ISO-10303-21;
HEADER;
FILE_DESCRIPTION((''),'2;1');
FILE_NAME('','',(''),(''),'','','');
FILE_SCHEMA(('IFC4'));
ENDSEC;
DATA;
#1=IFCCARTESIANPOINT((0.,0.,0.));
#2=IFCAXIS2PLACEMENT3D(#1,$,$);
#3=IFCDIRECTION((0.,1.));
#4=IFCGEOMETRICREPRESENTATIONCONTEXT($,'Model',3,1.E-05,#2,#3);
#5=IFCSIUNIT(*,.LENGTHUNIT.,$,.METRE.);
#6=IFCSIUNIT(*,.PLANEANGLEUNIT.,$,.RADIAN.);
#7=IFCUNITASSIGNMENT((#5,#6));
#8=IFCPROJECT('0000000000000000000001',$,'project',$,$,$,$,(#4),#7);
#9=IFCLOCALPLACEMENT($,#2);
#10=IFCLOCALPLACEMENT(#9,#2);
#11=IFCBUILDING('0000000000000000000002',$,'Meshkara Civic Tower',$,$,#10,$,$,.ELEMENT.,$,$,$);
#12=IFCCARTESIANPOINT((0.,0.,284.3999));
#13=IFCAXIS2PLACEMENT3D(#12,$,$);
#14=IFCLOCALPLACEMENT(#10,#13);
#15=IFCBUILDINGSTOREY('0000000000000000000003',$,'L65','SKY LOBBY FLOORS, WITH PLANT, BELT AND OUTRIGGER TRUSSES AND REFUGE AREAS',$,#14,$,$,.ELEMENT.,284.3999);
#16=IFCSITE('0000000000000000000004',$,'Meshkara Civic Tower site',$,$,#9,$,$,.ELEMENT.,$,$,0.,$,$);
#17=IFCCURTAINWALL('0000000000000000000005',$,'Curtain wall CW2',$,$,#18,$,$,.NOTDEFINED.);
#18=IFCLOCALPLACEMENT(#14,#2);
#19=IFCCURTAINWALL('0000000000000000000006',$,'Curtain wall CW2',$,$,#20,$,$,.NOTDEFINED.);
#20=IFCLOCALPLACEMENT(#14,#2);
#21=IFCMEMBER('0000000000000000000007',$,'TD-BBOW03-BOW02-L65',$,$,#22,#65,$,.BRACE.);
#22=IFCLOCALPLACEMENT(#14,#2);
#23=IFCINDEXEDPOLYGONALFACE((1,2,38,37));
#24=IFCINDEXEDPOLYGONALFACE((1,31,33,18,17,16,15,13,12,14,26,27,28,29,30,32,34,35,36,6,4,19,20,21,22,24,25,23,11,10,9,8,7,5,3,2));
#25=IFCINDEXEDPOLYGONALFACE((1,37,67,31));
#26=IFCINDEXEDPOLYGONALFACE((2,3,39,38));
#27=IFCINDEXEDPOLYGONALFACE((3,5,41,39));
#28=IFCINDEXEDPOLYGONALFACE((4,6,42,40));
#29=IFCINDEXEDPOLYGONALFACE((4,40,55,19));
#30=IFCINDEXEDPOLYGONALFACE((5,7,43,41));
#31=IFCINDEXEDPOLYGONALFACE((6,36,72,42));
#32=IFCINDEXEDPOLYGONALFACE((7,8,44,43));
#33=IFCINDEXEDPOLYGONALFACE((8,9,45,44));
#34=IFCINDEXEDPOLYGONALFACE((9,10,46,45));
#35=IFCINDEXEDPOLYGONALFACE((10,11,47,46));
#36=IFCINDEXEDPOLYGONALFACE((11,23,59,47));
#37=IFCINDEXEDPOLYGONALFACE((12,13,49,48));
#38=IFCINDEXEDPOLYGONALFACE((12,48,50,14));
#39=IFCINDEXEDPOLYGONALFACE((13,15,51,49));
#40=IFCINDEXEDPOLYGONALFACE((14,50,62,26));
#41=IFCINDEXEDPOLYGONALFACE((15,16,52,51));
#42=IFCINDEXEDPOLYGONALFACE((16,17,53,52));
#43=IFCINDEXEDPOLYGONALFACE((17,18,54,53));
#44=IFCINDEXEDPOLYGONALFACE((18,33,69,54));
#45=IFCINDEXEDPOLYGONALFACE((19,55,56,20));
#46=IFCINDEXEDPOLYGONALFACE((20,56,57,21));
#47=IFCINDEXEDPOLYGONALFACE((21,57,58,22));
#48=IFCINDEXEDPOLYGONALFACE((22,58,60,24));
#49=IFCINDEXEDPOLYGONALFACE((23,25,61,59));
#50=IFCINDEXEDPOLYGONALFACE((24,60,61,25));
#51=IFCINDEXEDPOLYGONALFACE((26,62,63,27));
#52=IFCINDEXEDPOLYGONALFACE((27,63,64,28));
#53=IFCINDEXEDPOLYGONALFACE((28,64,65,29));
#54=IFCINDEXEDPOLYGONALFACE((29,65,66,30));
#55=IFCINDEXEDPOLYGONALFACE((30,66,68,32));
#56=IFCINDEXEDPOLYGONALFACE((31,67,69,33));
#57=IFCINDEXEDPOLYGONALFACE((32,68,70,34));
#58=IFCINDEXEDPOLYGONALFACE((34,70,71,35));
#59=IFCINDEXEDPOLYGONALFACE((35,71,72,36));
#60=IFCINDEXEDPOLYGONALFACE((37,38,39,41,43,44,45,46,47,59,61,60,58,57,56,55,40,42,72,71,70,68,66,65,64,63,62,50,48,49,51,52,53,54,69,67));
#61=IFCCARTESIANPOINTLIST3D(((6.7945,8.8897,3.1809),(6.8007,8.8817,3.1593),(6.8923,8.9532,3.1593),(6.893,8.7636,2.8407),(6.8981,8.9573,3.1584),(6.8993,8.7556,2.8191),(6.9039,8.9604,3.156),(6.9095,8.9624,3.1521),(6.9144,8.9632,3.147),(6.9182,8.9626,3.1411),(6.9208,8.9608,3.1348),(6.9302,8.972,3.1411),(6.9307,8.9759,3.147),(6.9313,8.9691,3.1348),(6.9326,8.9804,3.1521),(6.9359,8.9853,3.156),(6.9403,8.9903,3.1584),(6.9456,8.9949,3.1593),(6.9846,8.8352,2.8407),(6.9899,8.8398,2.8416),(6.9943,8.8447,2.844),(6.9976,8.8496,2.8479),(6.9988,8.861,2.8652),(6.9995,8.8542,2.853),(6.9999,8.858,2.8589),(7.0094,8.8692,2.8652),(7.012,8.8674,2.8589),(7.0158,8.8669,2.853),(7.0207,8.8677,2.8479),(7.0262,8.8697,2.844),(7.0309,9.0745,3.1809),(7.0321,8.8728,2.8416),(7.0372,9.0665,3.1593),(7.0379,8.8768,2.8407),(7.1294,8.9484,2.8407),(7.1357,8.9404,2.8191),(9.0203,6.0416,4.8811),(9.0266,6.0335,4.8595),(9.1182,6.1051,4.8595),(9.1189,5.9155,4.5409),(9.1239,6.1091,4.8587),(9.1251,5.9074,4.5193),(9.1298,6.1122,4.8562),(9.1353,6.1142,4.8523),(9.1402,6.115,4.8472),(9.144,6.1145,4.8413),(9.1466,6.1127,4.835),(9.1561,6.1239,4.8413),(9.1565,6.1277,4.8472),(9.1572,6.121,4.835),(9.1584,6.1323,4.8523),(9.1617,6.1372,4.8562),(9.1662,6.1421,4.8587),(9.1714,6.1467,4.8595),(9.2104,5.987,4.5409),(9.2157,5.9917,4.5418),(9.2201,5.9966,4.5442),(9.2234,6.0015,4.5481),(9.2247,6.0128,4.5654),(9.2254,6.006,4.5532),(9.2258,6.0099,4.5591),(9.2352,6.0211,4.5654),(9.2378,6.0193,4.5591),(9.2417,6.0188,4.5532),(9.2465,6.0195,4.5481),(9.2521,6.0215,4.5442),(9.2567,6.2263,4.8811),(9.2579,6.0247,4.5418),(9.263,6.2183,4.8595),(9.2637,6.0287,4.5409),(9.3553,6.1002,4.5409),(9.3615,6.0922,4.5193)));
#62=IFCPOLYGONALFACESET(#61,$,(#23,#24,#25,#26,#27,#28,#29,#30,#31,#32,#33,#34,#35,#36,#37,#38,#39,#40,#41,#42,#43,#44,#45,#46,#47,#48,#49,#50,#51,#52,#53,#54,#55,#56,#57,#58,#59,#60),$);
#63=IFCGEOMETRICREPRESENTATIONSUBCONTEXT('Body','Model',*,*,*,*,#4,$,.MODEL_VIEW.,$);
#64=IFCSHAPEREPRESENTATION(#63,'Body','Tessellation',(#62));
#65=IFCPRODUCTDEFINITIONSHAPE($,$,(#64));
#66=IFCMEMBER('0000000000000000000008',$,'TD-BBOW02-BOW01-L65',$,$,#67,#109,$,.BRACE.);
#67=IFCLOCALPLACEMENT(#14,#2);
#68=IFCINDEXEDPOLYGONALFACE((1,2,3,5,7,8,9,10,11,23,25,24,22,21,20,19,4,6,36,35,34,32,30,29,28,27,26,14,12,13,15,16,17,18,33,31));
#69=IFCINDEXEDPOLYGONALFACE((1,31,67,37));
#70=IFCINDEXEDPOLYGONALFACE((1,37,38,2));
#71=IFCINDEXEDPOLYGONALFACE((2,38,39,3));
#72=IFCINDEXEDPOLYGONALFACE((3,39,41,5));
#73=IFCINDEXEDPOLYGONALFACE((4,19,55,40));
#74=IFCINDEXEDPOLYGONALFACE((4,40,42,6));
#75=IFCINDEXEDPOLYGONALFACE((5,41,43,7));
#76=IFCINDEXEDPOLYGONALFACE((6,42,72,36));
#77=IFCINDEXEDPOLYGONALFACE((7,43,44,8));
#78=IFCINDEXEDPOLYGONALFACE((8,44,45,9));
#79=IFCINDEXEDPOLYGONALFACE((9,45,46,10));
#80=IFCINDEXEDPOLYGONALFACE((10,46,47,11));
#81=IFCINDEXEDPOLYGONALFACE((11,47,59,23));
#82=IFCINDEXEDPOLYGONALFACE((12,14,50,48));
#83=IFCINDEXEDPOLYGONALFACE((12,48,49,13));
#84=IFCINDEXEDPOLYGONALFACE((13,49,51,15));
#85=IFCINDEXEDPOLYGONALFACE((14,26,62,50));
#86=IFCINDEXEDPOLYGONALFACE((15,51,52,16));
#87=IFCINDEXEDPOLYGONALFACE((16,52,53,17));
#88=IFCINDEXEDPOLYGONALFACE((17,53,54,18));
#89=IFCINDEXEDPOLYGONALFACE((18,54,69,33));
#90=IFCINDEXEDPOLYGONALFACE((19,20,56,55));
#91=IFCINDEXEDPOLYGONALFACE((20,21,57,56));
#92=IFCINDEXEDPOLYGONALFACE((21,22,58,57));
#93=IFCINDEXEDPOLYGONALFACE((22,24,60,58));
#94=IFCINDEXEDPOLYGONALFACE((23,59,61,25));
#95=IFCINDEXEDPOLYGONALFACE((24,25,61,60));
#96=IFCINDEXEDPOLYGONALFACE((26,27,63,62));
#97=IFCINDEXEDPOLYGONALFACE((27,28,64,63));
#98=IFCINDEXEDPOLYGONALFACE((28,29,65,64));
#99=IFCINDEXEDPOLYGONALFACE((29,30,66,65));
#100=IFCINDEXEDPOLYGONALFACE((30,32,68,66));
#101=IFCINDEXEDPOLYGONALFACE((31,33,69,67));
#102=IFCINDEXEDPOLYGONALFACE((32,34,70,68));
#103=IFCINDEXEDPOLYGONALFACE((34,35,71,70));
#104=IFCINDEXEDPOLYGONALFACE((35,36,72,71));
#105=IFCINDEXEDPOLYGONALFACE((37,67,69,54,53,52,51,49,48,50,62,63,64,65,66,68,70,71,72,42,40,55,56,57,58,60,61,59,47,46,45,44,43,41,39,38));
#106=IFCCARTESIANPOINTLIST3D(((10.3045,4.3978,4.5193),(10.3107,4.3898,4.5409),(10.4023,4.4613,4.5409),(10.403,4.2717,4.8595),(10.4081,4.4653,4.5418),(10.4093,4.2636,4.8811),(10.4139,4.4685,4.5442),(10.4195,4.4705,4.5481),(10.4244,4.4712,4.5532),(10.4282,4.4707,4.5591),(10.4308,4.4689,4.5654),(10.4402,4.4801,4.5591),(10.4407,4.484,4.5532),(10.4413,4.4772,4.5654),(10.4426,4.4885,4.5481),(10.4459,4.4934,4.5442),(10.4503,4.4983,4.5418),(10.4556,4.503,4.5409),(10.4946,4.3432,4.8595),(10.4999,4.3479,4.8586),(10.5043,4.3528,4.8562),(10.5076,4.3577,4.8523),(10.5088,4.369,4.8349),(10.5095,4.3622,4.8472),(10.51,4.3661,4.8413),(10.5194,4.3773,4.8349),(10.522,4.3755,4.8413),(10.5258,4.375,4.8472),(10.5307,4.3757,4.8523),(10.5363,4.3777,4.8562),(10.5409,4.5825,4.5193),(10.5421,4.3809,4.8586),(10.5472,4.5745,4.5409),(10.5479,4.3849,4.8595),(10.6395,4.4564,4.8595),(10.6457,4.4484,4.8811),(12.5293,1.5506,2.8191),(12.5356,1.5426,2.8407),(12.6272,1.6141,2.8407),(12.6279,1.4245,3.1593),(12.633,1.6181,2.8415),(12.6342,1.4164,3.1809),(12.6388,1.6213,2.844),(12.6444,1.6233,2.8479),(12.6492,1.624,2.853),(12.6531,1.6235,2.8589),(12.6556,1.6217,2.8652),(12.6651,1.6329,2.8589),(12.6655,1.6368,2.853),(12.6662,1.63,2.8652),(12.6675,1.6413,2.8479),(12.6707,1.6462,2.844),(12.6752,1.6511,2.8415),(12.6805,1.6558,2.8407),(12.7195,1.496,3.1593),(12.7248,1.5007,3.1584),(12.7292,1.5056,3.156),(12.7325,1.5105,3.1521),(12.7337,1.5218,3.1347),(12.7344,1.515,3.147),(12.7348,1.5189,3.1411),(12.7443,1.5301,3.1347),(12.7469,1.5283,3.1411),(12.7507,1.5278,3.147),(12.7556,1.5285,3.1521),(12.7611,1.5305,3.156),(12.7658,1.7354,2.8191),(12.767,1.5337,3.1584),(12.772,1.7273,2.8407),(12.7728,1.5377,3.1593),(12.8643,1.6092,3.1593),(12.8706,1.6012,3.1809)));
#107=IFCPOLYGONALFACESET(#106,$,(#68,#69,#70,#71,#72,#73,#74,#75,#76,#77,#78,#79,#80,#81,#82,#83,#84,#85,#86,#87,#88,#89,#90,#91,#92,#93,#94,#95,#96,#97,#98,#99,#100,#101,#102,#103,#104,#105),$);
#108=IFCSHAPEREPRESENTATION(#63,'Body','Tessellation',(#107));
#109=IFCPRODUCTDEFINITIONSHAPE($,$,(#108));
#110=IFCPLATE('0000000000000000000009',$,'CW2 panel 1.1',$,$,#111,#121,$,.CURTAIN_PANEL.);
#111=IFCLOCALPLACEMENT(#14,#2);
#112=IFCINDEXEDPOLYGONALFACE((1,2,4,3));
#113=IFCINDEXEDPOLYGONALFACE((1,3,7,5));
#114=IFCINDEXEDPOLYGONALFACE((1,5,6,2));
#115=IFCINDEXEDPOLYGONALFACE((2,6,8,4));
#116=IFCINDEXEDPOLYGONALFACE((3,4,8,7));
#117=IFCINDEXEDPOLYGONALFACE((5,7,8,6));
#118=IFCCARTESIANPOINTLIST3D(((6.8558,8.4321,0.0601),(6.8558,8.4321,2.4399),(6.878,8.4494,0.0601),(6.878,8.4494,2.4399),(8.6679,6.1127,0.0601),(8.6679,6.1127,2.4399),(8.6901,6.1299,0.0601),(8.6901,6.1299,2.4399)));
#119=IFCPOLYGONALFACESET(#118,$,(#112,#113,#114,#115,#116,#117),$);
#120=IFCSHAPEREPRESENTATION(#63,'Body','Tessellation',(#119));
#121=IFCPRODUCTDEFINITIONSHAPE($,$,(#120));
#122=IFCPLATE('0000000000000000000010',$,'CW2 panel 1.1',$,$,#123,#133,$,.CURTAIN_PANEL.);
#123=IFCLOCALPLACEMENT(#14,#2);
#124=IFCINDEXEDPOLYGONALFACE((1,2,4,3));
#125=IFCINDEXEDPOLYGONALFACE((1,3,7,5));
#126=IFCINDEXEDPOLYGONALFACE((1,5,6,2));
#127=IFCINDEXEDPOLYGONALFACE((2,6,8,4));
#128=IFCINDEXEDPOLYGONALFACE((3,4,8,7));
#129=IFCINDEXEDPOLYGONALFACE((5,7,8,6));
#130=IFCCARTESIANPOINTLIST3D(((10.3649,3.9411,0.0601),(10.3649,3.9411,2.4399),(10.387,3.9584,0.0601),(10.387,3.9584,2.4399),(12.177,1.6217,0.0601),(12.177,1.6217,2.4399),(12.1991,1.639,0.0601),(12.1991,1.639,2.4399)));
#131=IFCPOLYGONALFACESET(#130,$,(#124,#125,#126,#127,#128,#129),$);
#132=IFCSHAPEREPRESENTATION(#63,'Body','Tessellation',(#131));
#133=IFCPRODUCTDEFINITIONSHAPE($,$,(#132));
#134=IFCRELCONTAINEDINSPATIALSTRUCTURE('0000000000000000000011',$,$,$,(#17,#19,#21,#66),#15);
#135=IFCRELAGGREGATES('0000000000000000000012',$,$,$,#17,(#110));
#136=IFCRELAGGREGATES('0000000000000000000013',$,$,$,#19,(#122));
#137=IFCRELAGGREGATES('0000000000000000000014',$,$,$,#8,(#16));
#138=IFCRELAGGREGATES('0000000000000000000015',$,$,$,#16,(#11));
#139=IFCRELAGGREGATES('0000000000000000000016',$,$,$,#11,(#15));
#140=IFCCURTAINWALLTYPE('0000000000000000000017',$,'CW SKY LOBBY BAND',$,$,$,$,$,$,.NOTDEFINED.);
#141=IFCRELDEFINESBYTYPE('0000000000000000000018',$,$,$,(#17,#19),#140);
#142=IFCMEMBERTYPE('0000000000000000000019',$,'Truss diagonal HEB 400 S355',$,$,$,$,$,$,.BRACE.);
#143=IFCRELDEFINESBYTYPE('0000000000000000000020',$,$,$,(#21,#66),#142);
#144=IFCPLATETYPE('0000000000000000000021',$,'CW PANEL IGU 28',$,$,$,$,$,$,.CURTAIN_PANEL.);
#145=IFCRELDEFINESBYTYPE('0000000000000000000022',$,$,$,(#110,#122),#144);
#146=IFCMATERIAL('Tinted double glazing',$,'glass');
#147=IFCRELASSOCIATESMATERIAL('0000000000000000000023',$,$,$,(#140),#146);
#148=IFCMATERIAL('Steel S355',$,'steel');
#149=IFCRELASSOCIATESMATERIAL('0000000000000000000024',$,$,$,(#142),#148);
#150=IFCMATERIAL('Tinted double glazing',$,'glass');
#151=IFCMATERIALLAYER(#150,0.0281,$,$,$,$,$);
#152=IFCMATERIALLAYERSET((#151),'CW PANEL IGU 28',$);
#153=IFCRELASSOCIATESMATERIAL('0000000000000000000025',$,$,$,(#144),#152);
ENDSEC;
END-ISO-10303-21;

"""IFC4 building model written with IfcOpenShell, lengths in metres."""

from ifc_helpers import new_model, si_unit, direction, frame, origin, origin_2d, place, context, subcontext, project, spatial, rectangle, i_section, extrude, material, layer, layer_set, material_profile, profile_set, type_object, element, aggregate, save


model = new_model("IFC4")

# Units and contexts
model_context = context("Model", 3, precision=1e-05, world=origin(), true_north=direction((0.0, 1.0)))
body_context = subcontext(model_context, "Body", "Model", "MODEL_VIEW")
ifc_project = project(units=[si_unit("LENGTHUNIT", "METRE"), si_unit("PLANEANGLEUNIT", "RADIAN")], contexts=[model_context])

# Site, building, storey
site_placement = place(None, origin())
site = spatial("IfcSite", under=ifc_project, at=site_placement, Name="Meshkara Civic Tower site", CompositionType="ELEMENT", RefElevation=0.0)
building_placement = place(site_placement, origin())
building = spatial("IfcBuilding", under=site, at=building_placement, Name="Meshkara Civic Tower", CompositionType="ELEMENT")
storey_placement = place(building_placement, frame((0.0, 0.0, 284.3999)))
storey = spatial("IfcBuildingStorey", under=building, at=storey_placement, Name="L65", Description="SKY LOBBY FLOORS, WITH PLANT, BELT AND OUTRIGGER TRUSSES AND REFUGE AREAS", CompositionType="ELEMENT", Elevation=284.3999)

# Shared definitions
ifc_material_1 = material(Name="Tinted double glazing", Category="glass")
curtain_wall_type = type_object("IfcCurtainWallType", Name="CW SKY LOBBY BAND", PredefinedType="NOTDEFINED", material=ifc_material_1)

# Curtain wall
curtain_wall_1_placement = place(storey_placement, origin())
curtain_wall_1 = element("IfcCurtainWall", 1, at=curtain_wall_1_placement, inside=storey, type_object=curtain_wall_type, Name="Curtain wall CW2", PredefinedType="NOTDEFINED")

# Curtain wall
curtain_wall_2_placement = place(storey_placement, origin())
curtain_wall_2 = element("IfcCurtainWall", 2, at=curtain_wall_2_placement, inside=storey, type_object=curtain_wall_type, Name="Curtain wall CW2", PredefinedType="NOTDEFINED")

# Members
ifc_material_2 = material(Name="Steel S355", Category="steel")
ifc_material_profile_1 = material_profile(ifc_material_2, i_section(OverallWidth=0.3, OverallDepth=0.3999, WebThickness=0.0134, FlangeThickness=0.0239, FilletRadius=0.0271, at=origin_2d()))
ifc_profile_set_1 = profile_set([ifc_material_profile_1], Name="Steel S355")
member_type_1 = type_object("IfcMemberType", Name="Truss diagonal HEB 400 S355", PredefinedType="BRACE", material=ifc_profile_set_1)
member_1_placement = place(storey_placement, frame((6.9651, 8.915, 3.0), z_axis=(0.557208, -0.712997, 0.425622), x_axis=(0.787928, 0.615767, 0.0)))
element("IfcMember", 3, at=member_1_placement, inside=storey, type_object=member_type_1, Name="TD-BBOW03-BOW02-L65", PredefinedType="BRACE", context=body_context, shape_type="SweptSolid", body=[
    extrude(i_section(OverallWidth=0.3, OverallDepth=0.3999, WebThickness=0.0134, FlangeThickness=0.0239, FilletRadius=0.0271, at=origin_2d()), origin(), (0.0, 0.0, 1.0), 3.9946),
])
member_2_placement = place(storey_placement, frame((10.4751, 4.4231, 4.7002), z_axis=(0.557137, -0.712974, -0.425755), x_axis=(0.787957, 0.615731, 0.0)))
element("IfcMember", 4, at=member_2_placement, inside=storey, type_object=member_type_1, Name="TD-BBOW02-BOW01-L65", PredefinedType="BRACE", context=body_context, shape_type="SweptSolid", body=[
    extrude(i_section(OverallWidth=0.3, OverallDepth=0.3999, WebThickness=0.0134, FlangeThickness=0.0239, FilletRadius=0.0271, at=origin_2d()), origin(), (0.0, 0.0, 1.0), 3.9934),
])

# Plates
ifc_material_3 = material(Name="Tinted double glazing", Category="glass")
ifc_layer_1 = layer(ifc_material_3, 0.0281)
ifc_layer_set_1 = layer_set([ifc_layer_1], Name="CW PANEL IGU 28")
plate_type = type_object("IfcPlateType", Name="CW PANEL IGU 28", PredefinedType="CURTAIN_PANEL", material=ifc_layer_set_1)
plate_1_placement = place(storey_placement, frame((7.7729, 7.281, 0.0601), z_axis=(0.0, 0.0, 1.0), x_axis=(0.615657, -0.788014, 0.0)))
plate_1 = element("IfcPlate", 5, at=plate_1_placement, type_object=plate_type, Name="CW2 panel 1.1", PredefinedType="CURTAIN_PANEL", context=body_context, shape_type="SweptSolid", body=[
    extrude(rectangle(XDim=2.9434, YDim=0.0281, at=origin_2d()), origin(), (0.0, 0.0, 1.0), 2.3799),
])
aggregate(curtain_wall_1, [plate_1])
plate_2_placement = place(storey_placement, frame((11.282, 2.79, 0.0601), z_axis=(0.0, 0.0, 1.0), x_axis=(0.615657, -0.788014, 0.0)))
plate_2 = element("IfcPlate", 6, at=plate_2_placement, type_object=plate_type, Name="CW2 panel 1.1", PredefinedType="CURTAIN_PANEL", context=body_context, shape_type="SweptSolid", body=[
    extrude(rectangle(XDim=2.9434, YDim=0.0281, at=origin_2d()), origin(), (0.0, 0.0, 1.0), 2.3799),
])
aggregate(curtain_wall_2, [plate_2])

save(model, "model.ifc")
